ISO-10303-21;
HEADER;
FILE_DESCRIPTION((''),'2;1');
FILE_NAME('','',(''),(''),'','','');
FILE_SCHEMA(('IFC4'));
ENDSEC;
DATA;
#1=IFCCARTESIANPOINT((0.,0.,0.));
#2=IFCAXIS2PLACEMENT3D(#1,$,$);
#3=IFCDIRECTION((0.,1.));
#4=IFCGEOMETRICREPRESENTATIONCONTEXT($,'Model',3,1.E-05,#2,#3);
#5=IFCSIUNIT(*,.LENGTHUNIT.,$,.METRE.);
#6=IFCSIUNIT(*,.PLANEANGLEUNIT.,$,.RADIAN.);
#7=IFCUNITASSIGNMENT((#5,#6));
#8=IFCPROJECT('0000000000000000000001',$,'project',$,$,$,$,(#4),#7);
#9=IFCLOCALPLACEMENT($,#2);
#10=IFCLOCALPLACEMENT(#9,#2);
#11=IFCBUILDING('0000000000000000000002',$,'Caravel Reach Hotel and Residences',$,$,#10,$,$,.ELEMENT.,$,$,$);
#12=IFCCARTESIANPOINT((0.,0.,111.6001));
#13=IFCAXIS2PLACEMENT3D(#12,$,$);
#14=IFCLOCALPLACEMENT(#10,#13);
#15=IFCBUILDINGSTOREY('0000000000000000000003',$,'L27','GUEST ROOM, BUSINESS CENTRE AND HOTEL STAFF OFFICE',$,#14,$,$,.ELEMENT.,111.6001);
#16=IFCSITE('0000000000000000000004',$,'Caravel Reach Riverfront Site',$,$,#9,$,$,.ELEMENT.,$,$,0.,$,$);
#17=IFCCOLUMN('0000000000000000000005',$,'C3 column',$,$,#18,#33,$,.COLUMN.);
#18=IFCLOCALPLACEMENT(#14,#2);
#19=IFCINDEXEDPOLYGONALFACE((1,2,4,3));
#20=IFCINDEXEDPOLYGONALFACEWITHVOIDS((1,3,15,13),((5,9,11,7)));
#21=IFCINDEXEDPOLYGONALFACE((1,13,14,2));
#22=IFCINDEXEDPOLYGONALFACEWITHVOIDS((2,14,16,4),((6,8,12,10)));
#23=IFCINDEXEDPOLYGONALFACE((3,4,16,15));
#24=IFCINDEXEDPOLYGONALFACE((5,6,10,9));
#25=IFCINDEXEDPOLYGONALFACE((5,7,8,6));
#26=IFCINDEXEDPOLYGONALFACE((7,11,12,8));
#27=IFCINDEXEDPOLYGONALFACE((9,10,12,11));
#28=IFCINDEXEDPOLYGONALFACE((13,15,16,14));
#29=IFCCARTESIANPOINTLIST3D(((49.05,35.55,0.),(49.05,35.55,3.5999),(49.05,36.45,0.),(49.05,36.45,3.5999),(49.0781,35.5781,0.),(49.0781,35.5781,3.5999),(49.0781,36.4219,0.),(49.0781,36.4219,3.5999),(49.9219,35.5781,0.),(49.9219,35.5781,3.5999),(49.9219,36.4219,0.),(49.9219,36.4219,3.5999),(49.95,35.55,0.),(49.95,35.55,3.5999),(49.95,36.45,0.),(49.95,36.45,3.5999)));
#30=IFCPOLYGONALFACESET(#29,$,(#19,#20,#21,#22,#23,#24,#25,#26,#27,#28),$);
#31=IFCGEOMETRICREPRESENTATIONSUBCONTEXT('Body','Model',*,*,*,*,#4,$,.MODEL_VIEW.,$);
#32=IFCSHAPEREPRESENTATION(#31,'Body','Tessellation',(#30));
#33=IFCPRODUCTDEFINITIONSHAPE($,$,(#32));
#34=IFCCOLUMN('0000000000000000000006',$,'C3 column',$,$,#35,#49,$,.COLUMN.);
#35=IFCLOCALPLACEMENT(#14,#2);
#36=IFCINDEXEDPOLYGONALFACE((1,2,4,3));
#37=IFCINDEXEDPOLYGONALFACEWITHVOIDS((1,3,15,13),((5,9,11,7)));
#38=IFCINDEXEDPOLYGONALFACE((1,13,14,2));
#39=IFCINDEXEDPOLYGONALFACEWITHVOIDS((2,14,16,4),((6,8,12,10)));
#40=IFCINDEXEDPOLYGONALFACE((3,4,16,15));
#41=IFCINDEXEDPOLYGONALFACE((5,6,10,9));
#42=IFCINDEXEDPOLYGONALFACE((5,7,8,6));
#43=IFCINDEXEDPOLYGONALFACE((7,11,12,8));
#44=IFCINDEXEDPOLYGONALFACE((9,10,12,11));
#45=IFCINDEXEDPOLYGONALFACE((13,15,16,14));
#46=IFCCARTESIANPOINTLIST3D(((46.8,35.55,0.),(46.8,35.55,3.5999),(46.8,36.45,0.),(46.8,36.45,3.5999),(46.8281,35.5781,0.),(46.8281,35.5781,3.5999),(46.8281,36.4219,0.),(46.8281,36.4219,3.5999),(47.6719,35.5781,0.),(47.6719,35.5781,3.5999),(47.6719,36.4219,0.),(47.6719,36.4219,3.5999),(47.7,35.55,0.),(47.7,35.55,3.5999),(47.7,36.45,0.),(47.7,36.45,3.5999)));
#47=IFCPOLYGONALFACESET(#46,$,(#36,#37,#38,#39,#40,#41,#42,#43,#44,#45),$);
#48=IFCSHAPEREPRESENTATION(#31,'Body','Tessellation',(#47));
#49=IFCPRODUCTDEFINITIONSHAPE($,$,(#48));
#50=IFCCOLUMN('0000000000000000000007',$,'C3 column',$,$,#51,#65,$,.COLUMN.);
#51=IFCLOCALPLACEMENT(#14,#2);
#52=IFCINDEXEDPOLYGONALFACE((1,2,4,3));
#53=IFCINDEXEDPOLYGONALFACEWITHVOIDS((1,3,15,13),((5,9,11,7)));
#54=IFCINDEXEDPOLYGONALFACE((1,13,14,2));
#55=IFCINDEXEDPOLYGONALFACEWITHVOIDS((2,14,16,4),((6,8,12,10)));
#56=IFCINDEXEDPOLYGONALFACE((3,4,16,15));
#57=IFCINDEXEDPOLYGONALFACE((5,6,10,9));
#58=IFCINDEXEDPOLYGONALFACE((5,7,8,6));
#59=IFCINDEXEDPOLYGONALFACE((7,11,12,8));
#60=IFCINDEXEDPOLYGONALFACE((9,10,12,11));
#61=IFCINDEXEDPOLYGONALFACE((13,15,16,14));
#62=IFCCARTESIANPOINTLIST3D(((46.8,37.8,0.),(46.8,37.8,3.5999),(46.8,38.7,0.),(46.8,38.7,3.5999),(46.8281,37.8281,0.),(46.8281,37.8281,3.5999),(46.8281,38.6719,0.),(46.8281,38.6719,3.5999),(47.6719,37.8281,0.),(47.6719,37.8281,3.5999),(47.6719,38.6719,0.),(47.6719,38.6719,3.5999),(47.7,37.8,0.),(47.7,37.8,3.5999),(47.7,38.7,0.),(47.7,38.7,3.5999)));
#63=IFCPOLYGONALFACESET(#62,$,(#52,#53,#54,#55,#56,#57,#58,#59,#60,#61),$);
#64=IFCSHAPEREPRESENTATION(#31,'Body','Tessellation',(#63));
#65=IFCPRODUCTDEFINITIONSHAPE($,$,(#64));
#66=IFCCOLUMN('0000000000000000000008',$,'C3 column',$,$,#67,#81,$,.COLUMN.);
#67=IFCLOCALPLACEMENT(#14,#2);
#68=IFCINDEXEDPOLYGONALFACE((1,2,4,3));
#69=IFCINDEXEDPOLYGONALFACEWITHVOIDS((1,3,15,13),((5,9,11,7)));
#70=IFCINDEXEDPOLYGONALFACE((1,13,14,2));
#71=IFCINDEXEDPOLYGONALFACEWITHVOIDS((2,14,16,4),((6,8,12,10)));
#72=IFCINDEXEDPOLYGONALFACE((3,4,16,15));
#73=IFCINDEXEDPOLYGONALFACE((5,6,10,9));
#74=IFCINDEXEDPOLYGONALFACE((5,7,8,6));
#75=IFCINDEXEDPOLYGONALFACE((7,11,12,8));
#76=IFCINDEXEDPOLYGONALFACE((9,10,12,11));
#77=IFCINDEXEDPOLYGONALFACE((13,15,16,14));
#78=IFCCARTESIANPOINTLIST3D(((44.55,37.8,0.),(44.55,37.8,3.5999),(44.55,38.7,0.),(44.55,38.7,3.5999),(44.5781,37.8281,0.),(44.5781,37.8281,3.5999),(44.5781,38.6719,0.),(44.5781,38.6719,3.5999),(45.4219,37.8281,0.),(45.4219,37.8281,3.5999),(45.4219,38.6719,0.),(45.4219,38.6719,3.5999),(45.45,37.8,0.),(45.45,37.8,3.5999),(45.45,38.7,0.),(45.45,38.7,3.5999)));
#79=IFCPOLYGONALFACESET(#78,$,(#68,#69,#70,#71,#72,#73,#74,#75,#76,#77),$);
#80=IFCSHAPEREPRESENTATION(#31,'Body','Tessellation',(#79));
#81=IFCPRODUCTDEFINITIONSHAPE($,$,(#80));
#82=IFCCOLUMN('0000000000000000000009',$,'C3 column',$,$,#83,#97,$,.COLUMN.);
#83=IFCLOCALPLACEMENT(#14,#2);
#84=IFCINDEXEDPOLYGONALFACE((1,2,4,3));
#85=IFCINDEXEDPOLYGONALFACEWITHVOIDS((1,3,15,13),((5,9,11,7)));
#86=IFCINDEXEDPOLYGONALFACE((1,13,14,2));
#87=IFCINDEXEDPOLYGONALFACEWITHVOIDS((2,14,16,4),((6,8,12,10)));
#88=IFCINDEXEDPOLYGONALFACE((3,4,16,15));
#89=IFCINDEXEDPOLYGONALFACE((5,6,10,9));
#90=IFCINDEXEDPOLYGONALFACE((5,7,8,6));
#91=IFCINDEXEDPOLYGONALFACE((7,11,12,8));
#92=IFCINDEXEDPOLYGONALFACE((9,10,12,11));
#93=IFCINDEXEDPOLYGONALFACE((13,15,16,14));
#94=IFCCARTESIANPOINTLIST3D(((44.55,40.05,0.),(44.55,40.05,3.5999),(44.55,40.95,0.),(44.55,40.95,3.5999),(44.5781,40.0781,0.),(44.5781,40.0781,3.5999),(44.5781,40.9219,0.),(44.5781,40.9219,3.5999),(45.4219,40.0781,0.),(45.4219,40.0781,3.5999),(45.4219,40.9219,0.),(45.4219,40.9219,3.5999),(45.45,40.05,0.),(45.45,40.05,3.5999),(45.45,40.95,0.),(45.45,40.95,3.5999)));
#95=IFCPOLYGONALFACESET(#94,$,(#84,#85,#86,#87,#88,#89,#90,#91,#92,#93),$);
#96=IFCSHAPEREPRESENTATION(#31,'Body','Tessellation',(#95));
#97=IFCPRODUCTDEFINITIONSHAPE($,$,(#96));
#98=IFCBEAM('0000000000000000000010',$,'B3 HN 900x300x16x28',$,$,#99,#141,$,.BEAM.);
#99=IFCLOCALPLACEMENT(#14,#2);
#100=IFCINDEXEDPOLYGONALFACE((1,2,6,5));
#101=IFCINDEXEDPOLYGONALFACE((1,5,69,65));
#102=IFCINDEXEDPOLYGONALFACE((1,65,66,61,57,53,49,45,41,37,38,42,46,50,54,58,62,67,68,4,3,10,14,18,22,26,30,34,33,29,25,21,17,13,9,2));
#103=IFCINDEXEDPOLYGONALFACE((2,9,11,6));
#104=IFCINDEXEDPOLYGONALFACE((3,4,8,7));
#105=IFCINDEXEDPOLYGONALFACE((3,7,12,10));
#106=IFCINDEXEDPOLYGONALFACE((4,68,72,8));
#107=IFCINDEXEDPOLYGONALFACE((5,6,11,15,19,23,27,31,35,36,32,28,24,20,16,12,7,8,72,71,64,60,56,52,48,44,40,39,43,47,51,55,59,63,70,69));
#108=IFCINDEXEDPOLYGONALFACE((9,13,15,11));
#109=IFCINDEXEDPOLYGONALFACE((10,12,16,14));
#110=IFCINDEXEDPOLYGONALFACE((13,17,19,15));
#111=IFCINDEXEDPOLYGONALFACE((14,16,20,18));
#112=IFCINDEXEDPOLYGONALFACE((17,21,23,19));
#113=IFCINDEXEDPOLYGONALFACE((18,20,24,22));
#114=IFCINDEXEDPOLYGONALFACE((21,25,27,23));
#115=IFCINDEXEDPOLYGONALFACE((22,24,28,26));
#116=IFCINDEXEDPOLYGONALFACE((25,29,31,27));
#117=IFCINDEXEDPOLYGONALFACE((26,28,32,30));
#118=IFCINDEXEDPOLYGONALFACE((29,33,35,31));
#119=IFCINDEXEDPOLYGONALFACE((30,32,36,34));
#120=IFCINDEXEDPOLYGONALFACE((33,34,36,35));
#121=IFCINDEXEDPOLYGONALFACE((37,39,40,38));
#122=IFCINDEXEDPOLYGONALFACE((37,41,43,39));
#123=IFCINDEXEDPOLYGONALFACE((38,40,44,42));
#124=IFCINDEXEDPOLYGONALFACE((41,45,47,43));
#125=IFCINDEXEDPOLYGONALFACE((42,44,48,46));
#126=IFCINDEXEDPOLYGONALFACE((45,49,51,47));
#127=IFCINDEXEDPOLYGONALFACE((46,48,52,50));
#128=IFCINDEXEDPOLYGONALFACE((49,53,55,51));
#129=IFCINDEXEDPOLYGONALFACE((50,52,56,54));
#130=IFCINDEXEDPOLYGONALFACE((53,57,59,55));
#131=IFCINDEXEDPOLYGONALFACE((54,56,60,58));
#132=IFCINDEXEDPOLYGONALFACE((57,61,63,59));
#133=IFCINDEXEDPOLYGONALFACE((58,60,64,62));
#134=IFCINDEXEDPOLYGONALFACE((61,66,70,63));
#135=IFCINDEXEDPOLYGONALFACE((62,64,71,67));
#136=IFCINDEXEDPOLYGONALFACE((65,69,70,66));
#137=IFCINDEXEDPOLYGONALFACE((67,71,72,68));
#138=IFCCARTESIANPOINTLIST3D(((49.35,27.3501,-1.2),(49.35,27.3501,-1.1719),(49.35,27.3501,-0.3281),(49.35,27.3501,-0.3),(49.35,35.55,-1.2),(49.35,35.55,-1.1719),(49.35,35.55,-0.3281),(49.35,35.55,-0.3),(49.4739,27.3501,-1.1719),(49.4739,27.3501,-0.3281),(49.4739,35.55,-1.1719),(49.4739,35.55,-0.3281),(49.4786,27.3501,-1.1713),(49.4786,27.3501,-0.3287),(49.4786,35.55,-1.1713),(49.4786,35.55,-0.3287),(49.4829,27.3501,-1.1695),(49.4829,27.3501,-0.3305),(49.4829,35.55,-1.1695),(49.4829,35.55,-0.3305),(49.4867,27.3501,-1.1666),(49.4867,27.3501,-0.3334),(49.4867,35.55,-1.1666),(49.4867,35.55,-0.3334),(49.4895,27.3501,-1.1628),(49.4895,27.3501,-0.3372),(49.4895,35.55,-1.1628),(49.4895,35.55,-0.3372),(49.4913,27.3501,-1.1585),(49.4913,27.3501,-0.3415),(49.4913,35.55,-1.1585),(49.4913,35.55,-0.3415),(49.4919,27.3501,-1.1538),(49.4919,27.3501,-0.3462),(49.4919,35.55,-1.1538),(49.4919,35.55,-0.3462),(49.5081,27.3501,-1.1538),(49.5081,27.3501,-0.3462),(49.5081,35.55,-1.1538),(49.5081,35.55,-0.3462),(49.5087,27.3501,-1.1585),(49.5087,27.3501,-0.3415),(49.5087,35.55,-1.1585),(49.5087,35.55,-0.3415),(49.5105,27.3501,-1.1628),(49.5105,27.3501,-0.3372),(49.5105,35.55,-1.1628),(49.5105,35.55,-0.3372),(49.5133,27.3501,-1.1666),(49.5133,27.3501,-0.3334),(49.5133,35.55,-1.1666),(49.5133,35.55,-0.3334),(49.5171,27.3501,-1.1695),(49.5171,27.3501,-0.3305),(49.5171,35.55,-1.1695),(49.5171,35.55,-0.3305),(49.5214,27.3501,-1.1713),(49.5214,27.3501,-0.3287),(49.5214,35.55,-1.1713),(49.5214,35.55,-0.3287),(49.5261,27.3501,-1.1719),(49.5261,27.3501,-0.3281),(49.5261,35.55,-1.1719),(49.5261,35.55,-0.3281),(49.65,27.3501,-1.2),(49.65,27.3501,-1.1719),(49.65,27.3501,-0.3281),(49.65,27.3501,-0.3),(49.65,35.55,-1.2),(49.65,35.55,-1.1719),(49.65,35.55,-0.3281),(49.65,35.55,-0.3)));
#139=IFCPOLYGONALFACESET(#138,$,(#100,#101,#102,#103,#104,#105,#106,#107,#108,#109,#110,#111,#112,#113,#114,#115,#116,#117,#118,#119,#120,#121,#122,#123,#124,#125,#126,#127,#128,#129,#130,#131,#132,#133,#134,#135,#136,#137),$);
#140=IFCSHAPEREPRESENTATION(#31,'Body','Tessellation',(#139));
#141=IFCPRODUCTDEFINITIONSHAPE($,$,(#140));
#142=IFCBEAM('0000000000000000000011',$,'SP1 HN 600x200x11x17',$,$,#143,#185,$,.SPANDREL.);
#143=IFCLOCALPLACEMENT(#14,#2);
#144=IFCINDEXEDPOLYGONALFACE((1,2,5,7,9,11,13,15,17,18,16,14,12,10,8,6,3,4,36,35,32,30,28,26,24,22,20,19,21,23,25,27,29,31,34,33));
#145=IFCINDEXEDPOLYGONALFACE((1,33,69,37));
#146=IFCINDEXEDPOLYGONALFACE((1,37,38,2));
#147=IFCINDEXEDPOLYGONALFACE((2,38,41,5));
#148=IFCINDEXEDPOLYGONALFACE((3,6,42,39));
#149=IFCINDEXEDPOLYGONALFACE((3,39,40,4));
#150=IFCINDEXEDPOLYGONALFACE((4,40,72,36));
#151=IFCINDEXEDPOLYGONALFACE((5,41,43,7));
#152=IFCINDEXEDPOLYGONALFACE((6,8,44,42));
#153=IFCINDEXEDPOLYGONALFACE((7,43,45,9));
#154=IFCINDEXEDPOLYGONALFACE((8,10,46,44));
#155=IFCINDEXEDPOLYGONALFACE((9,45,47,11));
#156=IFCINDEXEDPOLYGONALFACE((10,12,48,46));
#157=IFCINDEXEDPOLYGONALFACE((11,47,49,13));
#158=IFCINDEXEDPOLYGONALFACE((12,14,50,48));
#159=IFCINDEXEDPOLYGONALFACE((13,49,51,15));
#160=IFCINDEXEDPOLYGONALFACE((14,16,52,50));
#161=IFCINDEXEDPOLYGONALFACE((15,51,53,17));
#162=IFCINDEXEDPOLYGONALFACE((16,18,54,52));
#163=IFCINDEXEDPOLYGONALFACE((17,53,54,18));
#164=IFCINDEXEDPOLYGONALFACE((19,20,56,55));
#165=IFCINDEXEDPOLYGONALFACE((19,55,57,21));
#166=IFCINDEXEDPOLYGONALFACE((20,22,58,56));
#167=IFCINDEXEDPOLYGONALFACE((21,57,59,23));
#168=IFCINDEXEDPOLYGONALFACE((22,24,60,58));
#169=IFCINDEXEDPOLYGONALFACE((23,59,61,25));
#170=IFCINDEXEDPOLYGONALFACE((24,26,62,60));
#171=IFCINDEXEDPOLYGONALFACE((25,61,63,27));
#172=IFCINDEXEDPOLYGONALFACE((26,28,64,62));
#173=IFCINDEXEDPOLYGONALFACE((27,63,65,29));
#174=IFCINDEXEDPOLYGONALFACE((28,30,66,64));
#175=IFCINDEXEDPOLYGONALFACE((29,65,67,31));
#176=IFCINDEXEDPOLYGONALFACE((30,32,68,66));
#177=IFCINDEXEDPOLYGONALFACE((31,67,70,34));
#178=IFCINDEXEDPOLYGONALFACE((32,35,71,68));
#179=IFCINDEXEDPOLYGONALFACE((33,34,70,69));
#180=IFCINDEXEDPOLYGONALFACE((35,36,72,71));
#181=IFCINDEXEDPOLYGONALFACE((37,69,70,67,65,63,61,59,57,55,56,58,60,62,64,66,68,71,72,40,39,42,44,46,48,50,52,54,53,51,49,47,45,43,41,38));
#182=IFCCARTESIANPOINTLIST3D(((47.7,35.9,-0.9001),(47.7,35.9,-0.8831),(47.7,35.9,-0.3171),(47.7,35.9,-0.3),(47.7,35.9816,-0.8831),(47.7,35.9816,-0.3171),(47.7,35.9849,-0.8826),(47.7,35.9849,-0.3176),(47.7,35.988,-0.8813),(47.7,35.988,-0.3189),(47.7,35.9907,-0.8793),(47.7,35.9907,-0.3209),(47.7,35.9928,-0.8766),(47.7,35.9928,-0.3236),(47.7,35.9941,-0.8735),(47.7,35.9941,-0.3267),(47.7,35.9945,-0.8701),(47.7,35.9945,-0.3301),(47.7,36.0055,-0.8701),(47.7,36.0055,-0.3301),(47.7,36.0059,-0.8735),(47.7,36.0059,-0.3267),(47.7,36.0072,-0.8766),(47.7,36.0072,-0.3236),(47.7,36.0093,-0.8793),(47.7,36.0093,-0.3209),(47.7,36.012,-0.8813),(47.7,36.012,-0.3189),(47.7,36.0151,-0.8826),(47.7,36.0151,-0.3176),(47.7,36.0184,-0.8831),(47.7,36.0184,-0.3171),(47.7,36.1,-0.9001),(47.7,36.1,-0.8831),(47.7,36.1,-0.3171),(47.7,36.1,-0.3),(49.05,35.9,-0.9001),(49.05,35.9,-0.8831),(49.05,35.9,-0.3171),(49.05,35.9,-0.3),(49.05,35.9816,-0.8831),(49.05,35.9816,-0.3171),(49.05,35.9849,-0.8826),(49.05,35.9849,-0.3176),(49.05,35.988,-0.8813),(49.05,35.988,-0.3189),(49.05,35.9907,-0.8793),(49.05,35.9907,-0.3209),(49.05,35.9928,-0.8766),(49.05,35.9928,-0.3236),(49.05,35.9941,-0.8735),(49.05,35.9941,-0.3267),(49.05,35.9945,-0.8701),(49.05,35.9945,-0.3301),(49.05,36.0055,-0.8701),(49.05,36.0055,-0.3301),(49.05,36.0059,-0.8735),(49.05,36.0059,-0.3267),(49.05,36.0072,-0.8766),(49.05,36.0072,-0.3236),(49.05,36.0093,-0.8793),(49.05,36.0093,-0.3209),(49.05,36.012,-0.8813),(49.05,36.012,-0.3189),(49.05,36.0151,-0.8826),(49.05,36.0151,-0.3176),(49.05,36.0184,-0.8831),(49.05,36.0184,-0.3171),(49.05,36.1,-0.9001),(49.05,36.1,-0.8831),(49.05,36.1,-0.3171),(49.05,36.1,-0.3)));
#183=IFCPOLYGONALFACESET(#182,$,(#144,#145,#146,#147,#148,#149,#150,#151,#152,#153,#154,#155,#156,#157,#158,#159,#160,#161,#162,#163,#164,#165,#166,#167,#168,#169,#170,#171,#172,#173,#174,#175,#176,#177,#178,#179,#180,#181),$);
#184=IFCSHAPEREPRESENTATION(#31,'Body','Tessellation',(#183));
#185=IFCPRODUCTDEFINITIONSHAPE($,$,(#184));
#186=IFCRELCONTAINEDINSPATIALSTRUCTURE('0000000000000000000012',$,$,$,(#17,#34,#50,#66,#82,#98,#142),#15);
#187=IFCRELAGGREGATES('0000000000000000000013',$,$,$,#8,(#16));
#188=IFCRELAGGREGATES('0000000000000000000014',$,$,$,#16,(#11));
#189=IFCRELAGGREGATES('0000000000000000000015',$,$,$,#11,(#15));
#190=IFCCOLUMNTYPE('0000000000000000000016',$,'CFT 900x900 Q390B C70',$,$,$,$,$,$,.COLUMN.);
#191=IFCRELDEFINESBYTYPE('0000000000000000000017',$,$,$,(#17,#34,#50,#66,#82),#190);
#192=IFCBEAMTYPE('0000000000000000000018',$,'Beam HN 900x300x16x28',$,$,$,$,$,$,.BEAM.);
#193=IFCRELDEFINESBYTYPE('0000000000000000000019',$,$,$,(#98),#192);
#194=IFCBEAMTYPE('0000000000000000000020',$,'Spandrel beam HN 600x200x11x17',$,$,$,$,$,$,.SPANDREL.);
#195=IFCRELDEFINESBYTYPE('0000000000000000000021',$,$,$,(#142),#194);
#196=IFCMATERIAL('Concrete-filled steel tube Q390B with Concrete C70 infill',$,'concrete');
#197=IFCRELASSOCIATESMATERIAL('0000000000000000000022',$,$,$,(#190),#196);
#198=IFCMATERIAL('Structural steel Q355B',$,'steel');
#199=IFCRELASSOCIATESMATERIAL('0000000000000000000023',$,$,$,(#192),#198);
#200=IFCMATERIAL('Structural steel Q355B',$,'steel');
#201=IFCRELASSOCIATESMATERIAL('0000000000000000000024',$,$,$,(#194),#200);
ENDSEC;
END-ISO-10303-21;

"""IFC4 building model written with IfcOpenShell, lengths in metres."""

from ifc_helpers import new_model, si_unit, direction, frame, origin, origin_2d, place, context, subcontext, project, spatial, hollow_rectangle, i_section, extrude, material, material_profile, profile_set, type_object, element, save


model = new_model("IFC4")

# Units and contexts
model_context = context("Model", 3, precision=1e-05, world=origin(), true_north=direction((0.0, 1.0)))
body_context = subcontext(model_context, "Body", "Model", "MODEL_VIEW")
ifc_project = project(units=[si_unit("LENGTHUNIT", "METRE"), si_unit("PLANEANGLEUNIT", "RADIAN")], contexts=[model_context])

# Site, building, storey
site_placement = place(None, origin())
site = spatial("IfcSite", under=ifc_project, at=site_placement, Name="Caravel Reach Riverfront Site", CompositionType="ELEMENT", RefElevation=0.0)
building_placement = place(site_placement, origin())
building = spatial("IfcBuilding", under=site, at=building_placement, Name="Caravel Reach Hotel and Residences", CompositionType="ELEMENT")
storey_placement = place(building_placement, frame((0.0, 0.0, 111.6001)))
storey = spatial("IfcBuildingStorey", under=building, at=storey_placement, Name="L27", Description="GUEST ROOM, BUSINESS CENTRE AND HOTEL STAFF OFFICE", CompositionType="ELEMENT", Elevation=111.6001)

# Columns
ifc_material_1 = material(Name="Concrete-filled steel tube Q390B with Concrete C70 infill", Category="concrete")
ifc_material_profile_1 = material_profile(ifc_material_1, hollow_rectangle(XDim=0.8999, YDim=0.8999, WallThickness=0.0281, at=origin_2d()), Name="RHS 900x900x28")
ifc_profile_set_1 = profile_set([ifc_material_profile_1], Name="Concrete-filled steel tube Q390B with Concrete C70 infill")
column_type = type_object("IfcColumnType", Name="CFT 900x900 Q390B C70", PredefinedType="COLUMN", material=ifc_profile_set_1)
for number, where, z_axis, x_axis, name in (
    (1, (49.5, 36.0, 0.0), (0.0, 0.0, 1.0), (1.0, 0.0, 0.0), "C3 column"),
    (2, (47.25, 36.0, 0.0), (0.0, 0.0, 1.0), (1.0, 0.0, 0.0), "C3 column"),
    (3, (47.25, 38.25, 0.0), (0.0, 0.0, 1.0), (1.0, 0.0, 0.0), "C3 column"),
    (4, (45.0, 38.25, 0.0), (0.0, 0.0, 1.0), (1.0, 0.0, 0.0), "C3 column"),
    (5, (45.0, 40.5, 0.0), (0.0, 0.0, 1.0), (1.0, 0.0, 0.0), "C3 column"),
):
    element("IfcColumn", number, at=place(storey_placement, frame(where, z_axis=z_axis, x_axis=x_axis)), inside=storey, type_object=column_type, Name=name, PredefinedType="COLUMN", context=body_context, shape_type="SweptSolid", body=[
        extrude(hollow_rectangle(XDim=0.8999, YDim=0.8999, WallThickness=0.0281, at=origin_2d()), origin(), (0.0, 0.0, 1.0), 3.5999),
    ])

# Beams
ifc_material_2 = material(Name="Structural steel Q355B", Category="steel")
ifc_material_profile_2 = material_profile(ifc_material_2, i_section(OverallWidth=0.3, OverallDepth=0.8999, WebThickness=0.0161, FlangeThickness=0.0281, FilletRadius=0.0181, at=origin_2d()), Name="HN 900x300x16x28")
ifc_profile_set_2 = profile_set([ifc_material_profile_2], Name="Structural steel Q355B")
beam_type_1 = type_object("IfcBeamType", Name="Beam HN 900x300x16x28", PredefinedType="BEAM", material=ifc_profile_set_2)
beam_placement = place(storey_placement, frame((49.5, 27.3501, -0.75), z_axis=(0.0, 1.0, 0.0), x_axis=(-1.0, 0.0, 0.0)))
element("IfcBeam", 6, at=beam_placement, inside=storey, type_object=beam_type_1, Name="B3 HN 900x300x16x28", PredefinedType="BEAM", context=body_context, shape_type="SweptSolid", body=[
    extrude(i_section(OverallWidth=0.3, OverallDepth=0.8999, WebThickness=0.0161, FlangeThickness=0.0281, FilletRadius=0.0181, at=origin_2d()), origin(), (0.0, 0.0, 1.0), 8.2),
])
ifc_material_3 = material(Name="Structural steel Q355B", Category="steel")
ifc_material_profile_3 = material_profile(ifc_material_3, i_section(OverallWidth=0.2, OverallDepth=0.6001, WebThickness=0.011, FlangeThickness=0.0171, FilletRadius=0.0129, at=origin_2d()), Name="HN 600x200x11x17")
ifc_profile_set_3 = profile_set([ifc_material_profile_3], Name="Structural steel Q355B")
beam_type_2 = type_object("IfcBeamType", Name="Spandrel beam HN 600x200x11x17", PredefinedType="SPANDREL", material=ifc_profile_set_3)
for number, where, z_axis, x_axis, name in (
    (7, (49.05, 36.0, -0.6001), (-1.0, 0.0, 0.0), (0.0, -1.0, 0.0), "SP1 HN 600x200x11x17"),
):
    element("IfcBeam", number, at=place(storey_placement, frame(where, z_axis=z_axis, x_axis=x_axis)), inside=storey, type_object=beam_type_2, Name=name, PredefinedType="SPANDREL", context=body_context, shape_type="SweptSolid", body=[
        extrude(i_section(OverallWidth=0.2, OverallDepth=0.6001, WebThickness=0.011, FlangeThickness=0.0171, FilletRadius=0.0129, at=origin_2d()), origin(), (0.0, 0.0, 1.0), 1.3501),
    ])

save(model, "model.ifc")
